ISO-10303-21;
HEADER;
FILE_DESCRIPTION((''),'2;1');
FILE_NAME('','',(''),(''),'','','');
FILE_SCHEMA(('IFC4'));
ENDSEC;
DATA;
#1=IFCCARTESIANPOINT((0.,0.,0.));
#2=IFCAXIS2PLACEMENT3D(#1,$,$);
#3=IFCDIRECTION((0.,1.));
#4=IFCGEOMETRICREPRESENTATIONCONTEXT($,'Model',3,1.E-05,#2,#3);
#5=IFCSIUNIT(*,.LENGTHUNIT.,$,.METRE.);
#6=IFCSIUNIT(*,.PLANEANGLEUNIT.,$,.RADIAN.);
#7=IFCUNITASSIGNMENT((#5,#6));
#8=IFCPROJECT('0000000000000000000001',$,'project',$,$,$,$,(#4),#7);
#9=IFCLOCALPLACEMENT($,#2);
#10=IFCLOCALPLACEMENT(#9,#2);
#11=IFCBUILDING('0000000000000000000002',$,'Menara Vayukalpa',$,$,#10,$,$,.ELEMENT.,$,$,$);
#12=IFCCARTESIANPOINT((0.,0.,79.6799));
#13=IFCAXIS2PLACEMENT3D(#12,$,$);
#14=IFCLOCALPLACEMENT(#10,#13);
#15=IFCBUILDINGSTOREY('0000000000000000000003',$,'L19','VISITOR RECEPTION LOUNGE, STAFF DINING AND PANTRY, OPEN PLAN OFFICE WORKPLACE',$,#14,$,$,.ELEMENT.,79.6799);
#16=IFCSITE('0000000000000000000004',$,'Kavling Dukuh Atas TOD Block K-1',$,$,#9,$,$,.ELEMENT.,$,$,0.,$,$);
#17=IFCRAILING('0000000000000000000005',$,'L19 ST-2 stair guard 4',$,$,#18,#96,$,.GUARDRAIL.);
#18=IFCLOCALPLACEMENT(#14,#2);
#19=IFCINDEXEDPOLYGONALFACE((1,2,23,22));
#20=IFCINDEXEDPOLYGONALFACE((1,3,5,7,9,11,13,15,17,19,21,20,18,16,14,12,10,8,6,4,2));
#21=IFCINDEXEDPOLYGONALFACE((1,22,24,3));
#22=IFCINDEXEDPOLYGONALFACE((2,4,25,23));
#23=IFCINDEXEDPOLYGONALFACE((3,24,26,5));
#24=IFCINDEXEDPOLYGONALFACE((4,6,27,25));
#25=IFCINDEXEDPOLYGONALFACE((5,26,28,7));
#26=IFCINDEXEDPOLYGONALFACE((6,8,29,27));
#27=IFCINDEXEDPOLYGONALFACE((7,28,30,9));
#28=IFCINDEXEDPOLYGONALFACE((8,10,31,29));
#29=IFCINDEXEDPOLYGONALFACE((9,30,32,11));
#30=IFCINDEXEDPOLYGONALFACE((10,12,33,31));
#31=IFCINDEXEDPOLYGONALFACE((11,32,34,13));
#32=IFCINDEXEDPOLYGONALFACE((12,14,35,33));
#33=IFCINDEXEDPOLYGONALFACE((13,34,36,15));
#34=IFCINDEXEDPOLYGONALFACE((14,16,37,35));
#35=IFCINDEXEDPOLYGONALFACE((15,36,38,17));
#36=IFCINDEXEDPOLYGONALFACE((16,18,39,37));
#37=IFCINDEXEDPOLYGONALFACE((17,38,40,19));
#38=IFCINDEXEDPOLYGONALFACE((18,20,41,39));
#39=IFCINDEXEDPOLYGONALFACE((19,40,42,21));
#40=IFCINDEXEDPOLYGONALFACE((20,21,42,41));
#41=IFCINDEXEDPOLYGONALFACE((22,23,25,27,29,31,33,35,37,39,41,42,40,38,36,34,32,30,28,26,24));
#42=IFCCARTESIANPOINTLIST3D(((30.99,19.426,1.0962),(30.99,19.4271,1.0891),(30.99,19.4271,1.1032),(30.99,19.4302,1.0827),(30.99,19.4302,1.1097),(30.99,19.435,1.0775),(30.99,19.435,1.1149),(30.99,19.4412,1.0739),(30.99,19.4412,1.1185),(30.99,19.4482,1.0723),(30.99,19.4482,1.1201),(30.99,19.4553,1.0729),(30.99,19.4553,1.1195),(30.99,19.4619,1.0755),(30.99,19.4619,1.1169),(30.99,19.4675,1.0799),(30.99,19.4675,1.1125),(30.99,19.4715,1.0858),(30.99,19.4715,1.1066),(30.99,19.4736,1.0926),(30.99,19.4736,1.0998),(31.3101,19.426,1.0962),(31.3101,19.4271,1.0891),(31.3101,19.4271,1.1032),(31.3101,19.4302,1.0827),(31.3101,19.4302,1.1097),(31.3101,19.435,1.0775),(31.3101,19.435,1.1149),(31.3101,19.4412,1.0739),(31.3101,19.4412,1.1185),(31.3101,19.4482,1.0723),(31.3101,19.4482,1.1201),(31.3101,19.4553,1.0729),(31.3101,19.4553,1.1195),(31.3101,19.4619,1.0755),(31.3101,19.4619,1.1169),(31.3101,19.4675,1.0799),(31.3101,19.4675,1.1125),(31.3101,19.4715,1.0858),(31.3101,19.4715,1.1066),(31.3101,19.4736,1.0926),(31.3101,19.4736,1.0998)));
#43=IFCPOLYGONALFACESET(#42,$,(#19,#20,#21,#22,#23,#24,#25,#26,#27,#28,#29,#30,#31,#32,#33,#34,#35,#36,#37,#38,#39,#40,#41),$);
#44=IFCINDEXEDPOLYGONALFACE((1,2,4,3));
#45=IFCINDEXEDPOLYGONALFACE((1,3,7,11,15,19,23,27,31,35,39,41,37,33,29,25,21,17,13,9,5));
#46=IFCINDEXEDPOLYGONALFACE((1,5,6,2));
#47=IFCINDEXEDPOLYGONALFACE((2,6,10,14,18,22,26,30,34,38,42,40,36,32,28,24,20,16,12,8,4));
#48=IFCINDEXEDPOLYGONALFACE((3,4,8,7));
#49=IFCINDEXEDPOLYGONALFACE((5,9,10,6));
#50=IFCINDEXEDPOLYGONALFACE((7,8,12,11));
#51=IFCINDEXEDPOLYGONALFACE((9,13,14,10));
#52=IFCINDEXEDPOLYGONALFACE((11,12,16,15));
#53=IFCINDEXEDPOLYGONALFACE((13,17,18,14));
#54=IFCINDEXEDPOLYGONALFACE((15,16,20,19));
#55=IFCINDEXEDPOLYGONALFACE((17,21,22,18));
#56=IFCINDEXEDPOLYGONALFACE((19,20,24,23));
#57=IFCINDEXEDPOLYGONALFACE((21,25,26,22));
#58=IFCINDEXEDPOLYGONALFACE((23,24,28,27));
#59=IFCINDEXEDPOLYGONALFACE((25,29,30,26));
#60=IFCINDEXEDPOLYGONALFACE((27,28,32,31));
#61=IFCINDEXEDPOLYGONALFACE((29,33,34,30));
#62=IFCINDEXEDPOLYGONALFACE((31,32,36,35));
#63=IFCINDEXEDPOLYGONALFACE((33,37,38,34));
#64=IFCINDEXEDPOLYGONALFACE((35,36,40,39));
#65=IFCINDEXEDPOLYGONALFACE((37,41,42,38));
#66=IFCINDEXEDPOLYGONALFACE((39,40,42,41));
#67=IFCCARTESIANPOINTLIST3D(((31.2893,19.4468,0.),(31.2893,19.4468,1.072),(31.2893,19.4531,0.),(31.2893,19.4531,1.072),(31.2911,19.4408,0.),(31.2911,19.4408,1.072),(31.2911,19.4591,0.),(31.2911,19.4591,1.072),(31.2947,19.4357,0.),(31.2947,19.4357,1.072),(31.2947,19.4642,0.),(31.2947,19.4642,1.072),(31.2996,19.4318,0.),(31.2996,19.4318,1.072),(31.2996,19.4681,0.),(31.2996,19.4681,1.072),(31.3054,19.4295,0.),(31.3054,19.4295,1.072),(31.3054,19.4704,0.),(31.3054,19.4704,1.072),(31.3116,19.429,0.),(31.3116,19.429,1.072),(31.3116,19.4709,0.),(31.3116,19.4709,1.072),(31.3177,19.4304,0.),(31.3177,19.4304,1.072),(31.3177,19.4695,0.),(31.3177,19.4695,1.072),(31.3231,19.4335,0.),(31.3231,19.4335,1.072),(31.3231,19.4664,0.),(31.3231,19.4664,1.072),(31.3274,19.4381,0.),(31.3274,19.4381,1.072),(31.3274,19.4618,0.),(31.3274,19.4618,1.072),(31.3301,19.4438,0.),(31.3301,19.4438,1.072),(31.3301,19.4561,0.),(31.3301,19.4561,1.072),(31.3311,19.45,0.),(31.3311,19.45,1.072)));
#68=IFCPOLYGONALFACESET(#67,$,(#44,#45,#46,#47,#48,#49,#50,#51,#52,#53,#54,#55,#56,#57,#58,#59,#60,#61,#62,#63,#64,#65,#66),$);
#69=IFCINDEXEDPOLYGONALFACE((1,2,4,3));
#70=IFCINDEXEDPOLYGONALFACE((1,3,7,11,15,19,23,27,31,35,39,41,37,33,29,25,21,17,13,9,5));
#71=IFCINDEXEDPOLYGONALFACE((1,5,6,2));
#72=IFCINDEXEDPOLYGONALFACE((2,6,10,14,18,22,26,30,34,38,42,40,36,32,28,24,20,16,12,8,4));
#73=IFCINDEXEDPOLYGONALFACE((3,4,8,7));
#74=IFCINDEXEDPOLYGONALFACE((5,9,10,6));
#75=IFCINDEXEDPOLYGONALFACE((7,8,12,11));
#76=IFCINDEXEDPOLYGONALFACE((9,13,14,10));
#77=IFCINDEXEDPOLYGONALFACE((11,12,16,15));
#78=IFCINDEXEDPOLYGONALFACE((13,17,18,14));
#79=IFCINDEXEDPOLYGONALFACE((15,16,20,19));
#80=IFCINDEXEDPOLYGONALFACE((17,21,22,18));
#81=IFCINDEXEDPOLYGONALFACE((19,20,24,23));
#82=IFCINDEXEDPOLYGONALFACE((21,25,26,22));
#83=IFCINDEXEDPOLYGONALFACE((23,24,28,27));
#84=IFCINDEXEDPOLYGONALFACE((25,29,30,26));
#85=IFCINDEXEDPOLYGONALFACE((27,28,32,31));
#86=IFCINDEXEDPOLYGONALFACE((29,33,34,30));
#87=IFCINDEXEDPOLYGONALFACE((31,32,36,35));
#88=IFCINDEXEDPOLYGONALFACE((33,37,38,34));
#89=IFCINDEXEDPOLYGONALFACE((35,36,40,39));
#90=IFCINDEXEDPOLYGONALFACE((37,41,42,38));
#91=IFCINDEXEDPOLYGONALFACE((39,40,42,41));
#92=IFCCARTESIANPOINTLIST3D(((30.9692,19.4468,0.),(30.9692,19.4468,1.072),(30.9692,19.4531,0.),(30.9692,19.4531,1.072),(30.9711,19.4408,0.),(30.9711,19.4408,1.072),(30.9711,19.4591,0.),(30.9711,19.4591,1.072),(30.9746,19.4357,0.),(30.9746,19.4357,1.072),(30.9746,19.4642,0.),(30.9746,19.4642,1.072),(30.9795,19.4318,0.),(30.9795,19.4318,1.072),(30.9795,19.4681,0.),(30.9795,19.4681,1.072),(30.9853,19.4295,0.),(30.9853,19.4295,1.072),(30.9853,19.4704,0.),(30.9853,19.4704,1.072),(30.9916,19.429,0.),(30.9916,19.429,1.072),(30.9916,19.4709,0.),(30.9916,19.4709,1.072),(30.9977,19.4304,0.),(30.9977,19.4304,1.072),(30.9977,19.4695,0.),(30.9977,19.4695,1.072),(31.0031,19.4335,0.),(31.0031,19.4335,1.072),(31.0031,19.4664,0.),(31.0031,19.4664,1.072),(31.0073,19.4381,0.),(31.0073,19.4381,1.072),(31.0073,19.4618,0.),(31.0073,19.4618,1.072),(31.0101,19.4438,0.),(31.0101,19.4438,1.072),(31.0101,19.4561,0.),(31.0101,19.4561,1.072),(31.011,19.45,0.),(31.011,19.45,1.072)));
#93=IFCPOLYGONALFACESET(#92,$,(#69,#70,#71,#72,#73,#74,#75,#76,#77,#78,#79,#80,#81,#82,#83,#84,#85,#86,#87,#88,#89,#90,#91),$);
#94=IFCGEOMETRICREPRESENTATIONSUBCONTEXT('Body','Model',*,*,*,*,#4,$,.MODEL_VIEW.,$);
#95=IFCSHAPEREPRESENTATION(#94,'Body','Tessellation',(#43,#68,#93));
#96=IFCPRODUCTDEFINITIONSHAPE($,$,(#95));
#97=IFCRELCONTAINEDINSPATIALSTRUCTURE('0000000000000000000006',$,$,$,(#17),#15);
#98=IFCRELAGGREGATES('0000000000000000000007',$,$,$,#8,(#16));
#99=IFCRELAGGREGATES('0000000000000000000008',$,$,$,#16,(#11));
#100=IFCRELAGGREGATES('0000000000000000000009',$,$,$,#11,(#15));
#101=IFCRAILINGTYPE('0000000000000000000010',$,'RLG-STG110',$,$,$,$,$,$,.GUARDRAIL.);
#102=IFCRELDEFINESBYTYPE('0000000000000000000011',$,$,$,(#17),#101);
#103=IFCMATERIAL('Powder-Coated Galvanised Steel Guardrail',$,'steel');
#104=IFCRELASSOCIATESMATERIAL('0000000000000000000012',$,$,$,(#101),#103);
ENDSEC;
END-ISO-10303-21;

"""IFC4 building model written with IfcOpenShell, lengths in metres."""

from ifc_helpers import new_model, si_unit, direction, frame, origin, origin_2d, place, context, subcontext, project, spatial, circle, extrude, material, type_object, element, save


model = new_model("IFC4")

# Units and contexts
model_context = context("Model", 3, precision=1e-05, world=origin(), true_north=direction((0.0, 1.0)))
body_context = subcontext(model_context, "Body", "Model", "MODEL_VIEW")
ifc_project = project(units=[si_unit("LENGTHUNIT", "METRE"), si_unit("PLANEANGLEUNIT", "RADIAN")], contexts=[model_context])

# Site, building, storey
site_placement = place(None, origin())
site = spatial("IfcSite", under=ifc_project, at=site_placement, Name="Kavling Dukuh Atas TOD Block K-1", CompositionType="ELEMENT", RefElevation=0.0)
building_placement = place(site_placement, origin())
building = spatial("IfcBuilding", under=site, at=building_placement, Name="Menara Vayukalpa", CompositionType="ELEMENT")
storey_placement = place(building_placement, frame((0.0, 0.0, 79.6799)))
storey = spatial("IfcBuildingStorey", under=building, at=storey_placement, Name="L19", Description="VISITOR RECEPTION LOUNGE, STAFF DINING AND PANTRY, OPEN PLAN OFFICE WORKPLACE", CompositionType="ELEMENT", Elevation=79.6799)

# Railing
ifc_material_1 = material(Name="Powder-Coated Galvanised Steel Guardrail", Category="steel")
railing_type_1 = type_object("IfcRailingType", Name="RLG-STG110", PredefinedType="GUARDRAIL", material=ifc_material_1)
railing_1_placement = place(storey_placement, frame((31.3101, 19.45, 0.0)))
element("IfcRailing", 1, at=railing_1_placement, inside=storey, type_object=railing_type_1, Name="L19 ST-2 stair guard 4", PredefinedType="GUARDRAIL", context=body_context, shape_type="SweptSolid", body=[
    extrude(circle(Radius=0.0239, at=origin_2d()), frame((0.0, 0.0, 1.0962), z_axis=(-1.0, 0.0, 0.0), x_axis=(0.0, -1.0, 0.0)), (0.0, 0.0, 1.0), 0.3201),
    extrude(circle(Radius=0.021, at=origin_2d()), origin(), (0.0, 0.0, 1.0), 1.072),
    extrude(circle(Radius=0.021, at=origin_2d()), frame((-0.3201, 0.0, 0.0)), (0.0, 0.0, 1.0), 1.072),
])

save(model, "model.ifc")
